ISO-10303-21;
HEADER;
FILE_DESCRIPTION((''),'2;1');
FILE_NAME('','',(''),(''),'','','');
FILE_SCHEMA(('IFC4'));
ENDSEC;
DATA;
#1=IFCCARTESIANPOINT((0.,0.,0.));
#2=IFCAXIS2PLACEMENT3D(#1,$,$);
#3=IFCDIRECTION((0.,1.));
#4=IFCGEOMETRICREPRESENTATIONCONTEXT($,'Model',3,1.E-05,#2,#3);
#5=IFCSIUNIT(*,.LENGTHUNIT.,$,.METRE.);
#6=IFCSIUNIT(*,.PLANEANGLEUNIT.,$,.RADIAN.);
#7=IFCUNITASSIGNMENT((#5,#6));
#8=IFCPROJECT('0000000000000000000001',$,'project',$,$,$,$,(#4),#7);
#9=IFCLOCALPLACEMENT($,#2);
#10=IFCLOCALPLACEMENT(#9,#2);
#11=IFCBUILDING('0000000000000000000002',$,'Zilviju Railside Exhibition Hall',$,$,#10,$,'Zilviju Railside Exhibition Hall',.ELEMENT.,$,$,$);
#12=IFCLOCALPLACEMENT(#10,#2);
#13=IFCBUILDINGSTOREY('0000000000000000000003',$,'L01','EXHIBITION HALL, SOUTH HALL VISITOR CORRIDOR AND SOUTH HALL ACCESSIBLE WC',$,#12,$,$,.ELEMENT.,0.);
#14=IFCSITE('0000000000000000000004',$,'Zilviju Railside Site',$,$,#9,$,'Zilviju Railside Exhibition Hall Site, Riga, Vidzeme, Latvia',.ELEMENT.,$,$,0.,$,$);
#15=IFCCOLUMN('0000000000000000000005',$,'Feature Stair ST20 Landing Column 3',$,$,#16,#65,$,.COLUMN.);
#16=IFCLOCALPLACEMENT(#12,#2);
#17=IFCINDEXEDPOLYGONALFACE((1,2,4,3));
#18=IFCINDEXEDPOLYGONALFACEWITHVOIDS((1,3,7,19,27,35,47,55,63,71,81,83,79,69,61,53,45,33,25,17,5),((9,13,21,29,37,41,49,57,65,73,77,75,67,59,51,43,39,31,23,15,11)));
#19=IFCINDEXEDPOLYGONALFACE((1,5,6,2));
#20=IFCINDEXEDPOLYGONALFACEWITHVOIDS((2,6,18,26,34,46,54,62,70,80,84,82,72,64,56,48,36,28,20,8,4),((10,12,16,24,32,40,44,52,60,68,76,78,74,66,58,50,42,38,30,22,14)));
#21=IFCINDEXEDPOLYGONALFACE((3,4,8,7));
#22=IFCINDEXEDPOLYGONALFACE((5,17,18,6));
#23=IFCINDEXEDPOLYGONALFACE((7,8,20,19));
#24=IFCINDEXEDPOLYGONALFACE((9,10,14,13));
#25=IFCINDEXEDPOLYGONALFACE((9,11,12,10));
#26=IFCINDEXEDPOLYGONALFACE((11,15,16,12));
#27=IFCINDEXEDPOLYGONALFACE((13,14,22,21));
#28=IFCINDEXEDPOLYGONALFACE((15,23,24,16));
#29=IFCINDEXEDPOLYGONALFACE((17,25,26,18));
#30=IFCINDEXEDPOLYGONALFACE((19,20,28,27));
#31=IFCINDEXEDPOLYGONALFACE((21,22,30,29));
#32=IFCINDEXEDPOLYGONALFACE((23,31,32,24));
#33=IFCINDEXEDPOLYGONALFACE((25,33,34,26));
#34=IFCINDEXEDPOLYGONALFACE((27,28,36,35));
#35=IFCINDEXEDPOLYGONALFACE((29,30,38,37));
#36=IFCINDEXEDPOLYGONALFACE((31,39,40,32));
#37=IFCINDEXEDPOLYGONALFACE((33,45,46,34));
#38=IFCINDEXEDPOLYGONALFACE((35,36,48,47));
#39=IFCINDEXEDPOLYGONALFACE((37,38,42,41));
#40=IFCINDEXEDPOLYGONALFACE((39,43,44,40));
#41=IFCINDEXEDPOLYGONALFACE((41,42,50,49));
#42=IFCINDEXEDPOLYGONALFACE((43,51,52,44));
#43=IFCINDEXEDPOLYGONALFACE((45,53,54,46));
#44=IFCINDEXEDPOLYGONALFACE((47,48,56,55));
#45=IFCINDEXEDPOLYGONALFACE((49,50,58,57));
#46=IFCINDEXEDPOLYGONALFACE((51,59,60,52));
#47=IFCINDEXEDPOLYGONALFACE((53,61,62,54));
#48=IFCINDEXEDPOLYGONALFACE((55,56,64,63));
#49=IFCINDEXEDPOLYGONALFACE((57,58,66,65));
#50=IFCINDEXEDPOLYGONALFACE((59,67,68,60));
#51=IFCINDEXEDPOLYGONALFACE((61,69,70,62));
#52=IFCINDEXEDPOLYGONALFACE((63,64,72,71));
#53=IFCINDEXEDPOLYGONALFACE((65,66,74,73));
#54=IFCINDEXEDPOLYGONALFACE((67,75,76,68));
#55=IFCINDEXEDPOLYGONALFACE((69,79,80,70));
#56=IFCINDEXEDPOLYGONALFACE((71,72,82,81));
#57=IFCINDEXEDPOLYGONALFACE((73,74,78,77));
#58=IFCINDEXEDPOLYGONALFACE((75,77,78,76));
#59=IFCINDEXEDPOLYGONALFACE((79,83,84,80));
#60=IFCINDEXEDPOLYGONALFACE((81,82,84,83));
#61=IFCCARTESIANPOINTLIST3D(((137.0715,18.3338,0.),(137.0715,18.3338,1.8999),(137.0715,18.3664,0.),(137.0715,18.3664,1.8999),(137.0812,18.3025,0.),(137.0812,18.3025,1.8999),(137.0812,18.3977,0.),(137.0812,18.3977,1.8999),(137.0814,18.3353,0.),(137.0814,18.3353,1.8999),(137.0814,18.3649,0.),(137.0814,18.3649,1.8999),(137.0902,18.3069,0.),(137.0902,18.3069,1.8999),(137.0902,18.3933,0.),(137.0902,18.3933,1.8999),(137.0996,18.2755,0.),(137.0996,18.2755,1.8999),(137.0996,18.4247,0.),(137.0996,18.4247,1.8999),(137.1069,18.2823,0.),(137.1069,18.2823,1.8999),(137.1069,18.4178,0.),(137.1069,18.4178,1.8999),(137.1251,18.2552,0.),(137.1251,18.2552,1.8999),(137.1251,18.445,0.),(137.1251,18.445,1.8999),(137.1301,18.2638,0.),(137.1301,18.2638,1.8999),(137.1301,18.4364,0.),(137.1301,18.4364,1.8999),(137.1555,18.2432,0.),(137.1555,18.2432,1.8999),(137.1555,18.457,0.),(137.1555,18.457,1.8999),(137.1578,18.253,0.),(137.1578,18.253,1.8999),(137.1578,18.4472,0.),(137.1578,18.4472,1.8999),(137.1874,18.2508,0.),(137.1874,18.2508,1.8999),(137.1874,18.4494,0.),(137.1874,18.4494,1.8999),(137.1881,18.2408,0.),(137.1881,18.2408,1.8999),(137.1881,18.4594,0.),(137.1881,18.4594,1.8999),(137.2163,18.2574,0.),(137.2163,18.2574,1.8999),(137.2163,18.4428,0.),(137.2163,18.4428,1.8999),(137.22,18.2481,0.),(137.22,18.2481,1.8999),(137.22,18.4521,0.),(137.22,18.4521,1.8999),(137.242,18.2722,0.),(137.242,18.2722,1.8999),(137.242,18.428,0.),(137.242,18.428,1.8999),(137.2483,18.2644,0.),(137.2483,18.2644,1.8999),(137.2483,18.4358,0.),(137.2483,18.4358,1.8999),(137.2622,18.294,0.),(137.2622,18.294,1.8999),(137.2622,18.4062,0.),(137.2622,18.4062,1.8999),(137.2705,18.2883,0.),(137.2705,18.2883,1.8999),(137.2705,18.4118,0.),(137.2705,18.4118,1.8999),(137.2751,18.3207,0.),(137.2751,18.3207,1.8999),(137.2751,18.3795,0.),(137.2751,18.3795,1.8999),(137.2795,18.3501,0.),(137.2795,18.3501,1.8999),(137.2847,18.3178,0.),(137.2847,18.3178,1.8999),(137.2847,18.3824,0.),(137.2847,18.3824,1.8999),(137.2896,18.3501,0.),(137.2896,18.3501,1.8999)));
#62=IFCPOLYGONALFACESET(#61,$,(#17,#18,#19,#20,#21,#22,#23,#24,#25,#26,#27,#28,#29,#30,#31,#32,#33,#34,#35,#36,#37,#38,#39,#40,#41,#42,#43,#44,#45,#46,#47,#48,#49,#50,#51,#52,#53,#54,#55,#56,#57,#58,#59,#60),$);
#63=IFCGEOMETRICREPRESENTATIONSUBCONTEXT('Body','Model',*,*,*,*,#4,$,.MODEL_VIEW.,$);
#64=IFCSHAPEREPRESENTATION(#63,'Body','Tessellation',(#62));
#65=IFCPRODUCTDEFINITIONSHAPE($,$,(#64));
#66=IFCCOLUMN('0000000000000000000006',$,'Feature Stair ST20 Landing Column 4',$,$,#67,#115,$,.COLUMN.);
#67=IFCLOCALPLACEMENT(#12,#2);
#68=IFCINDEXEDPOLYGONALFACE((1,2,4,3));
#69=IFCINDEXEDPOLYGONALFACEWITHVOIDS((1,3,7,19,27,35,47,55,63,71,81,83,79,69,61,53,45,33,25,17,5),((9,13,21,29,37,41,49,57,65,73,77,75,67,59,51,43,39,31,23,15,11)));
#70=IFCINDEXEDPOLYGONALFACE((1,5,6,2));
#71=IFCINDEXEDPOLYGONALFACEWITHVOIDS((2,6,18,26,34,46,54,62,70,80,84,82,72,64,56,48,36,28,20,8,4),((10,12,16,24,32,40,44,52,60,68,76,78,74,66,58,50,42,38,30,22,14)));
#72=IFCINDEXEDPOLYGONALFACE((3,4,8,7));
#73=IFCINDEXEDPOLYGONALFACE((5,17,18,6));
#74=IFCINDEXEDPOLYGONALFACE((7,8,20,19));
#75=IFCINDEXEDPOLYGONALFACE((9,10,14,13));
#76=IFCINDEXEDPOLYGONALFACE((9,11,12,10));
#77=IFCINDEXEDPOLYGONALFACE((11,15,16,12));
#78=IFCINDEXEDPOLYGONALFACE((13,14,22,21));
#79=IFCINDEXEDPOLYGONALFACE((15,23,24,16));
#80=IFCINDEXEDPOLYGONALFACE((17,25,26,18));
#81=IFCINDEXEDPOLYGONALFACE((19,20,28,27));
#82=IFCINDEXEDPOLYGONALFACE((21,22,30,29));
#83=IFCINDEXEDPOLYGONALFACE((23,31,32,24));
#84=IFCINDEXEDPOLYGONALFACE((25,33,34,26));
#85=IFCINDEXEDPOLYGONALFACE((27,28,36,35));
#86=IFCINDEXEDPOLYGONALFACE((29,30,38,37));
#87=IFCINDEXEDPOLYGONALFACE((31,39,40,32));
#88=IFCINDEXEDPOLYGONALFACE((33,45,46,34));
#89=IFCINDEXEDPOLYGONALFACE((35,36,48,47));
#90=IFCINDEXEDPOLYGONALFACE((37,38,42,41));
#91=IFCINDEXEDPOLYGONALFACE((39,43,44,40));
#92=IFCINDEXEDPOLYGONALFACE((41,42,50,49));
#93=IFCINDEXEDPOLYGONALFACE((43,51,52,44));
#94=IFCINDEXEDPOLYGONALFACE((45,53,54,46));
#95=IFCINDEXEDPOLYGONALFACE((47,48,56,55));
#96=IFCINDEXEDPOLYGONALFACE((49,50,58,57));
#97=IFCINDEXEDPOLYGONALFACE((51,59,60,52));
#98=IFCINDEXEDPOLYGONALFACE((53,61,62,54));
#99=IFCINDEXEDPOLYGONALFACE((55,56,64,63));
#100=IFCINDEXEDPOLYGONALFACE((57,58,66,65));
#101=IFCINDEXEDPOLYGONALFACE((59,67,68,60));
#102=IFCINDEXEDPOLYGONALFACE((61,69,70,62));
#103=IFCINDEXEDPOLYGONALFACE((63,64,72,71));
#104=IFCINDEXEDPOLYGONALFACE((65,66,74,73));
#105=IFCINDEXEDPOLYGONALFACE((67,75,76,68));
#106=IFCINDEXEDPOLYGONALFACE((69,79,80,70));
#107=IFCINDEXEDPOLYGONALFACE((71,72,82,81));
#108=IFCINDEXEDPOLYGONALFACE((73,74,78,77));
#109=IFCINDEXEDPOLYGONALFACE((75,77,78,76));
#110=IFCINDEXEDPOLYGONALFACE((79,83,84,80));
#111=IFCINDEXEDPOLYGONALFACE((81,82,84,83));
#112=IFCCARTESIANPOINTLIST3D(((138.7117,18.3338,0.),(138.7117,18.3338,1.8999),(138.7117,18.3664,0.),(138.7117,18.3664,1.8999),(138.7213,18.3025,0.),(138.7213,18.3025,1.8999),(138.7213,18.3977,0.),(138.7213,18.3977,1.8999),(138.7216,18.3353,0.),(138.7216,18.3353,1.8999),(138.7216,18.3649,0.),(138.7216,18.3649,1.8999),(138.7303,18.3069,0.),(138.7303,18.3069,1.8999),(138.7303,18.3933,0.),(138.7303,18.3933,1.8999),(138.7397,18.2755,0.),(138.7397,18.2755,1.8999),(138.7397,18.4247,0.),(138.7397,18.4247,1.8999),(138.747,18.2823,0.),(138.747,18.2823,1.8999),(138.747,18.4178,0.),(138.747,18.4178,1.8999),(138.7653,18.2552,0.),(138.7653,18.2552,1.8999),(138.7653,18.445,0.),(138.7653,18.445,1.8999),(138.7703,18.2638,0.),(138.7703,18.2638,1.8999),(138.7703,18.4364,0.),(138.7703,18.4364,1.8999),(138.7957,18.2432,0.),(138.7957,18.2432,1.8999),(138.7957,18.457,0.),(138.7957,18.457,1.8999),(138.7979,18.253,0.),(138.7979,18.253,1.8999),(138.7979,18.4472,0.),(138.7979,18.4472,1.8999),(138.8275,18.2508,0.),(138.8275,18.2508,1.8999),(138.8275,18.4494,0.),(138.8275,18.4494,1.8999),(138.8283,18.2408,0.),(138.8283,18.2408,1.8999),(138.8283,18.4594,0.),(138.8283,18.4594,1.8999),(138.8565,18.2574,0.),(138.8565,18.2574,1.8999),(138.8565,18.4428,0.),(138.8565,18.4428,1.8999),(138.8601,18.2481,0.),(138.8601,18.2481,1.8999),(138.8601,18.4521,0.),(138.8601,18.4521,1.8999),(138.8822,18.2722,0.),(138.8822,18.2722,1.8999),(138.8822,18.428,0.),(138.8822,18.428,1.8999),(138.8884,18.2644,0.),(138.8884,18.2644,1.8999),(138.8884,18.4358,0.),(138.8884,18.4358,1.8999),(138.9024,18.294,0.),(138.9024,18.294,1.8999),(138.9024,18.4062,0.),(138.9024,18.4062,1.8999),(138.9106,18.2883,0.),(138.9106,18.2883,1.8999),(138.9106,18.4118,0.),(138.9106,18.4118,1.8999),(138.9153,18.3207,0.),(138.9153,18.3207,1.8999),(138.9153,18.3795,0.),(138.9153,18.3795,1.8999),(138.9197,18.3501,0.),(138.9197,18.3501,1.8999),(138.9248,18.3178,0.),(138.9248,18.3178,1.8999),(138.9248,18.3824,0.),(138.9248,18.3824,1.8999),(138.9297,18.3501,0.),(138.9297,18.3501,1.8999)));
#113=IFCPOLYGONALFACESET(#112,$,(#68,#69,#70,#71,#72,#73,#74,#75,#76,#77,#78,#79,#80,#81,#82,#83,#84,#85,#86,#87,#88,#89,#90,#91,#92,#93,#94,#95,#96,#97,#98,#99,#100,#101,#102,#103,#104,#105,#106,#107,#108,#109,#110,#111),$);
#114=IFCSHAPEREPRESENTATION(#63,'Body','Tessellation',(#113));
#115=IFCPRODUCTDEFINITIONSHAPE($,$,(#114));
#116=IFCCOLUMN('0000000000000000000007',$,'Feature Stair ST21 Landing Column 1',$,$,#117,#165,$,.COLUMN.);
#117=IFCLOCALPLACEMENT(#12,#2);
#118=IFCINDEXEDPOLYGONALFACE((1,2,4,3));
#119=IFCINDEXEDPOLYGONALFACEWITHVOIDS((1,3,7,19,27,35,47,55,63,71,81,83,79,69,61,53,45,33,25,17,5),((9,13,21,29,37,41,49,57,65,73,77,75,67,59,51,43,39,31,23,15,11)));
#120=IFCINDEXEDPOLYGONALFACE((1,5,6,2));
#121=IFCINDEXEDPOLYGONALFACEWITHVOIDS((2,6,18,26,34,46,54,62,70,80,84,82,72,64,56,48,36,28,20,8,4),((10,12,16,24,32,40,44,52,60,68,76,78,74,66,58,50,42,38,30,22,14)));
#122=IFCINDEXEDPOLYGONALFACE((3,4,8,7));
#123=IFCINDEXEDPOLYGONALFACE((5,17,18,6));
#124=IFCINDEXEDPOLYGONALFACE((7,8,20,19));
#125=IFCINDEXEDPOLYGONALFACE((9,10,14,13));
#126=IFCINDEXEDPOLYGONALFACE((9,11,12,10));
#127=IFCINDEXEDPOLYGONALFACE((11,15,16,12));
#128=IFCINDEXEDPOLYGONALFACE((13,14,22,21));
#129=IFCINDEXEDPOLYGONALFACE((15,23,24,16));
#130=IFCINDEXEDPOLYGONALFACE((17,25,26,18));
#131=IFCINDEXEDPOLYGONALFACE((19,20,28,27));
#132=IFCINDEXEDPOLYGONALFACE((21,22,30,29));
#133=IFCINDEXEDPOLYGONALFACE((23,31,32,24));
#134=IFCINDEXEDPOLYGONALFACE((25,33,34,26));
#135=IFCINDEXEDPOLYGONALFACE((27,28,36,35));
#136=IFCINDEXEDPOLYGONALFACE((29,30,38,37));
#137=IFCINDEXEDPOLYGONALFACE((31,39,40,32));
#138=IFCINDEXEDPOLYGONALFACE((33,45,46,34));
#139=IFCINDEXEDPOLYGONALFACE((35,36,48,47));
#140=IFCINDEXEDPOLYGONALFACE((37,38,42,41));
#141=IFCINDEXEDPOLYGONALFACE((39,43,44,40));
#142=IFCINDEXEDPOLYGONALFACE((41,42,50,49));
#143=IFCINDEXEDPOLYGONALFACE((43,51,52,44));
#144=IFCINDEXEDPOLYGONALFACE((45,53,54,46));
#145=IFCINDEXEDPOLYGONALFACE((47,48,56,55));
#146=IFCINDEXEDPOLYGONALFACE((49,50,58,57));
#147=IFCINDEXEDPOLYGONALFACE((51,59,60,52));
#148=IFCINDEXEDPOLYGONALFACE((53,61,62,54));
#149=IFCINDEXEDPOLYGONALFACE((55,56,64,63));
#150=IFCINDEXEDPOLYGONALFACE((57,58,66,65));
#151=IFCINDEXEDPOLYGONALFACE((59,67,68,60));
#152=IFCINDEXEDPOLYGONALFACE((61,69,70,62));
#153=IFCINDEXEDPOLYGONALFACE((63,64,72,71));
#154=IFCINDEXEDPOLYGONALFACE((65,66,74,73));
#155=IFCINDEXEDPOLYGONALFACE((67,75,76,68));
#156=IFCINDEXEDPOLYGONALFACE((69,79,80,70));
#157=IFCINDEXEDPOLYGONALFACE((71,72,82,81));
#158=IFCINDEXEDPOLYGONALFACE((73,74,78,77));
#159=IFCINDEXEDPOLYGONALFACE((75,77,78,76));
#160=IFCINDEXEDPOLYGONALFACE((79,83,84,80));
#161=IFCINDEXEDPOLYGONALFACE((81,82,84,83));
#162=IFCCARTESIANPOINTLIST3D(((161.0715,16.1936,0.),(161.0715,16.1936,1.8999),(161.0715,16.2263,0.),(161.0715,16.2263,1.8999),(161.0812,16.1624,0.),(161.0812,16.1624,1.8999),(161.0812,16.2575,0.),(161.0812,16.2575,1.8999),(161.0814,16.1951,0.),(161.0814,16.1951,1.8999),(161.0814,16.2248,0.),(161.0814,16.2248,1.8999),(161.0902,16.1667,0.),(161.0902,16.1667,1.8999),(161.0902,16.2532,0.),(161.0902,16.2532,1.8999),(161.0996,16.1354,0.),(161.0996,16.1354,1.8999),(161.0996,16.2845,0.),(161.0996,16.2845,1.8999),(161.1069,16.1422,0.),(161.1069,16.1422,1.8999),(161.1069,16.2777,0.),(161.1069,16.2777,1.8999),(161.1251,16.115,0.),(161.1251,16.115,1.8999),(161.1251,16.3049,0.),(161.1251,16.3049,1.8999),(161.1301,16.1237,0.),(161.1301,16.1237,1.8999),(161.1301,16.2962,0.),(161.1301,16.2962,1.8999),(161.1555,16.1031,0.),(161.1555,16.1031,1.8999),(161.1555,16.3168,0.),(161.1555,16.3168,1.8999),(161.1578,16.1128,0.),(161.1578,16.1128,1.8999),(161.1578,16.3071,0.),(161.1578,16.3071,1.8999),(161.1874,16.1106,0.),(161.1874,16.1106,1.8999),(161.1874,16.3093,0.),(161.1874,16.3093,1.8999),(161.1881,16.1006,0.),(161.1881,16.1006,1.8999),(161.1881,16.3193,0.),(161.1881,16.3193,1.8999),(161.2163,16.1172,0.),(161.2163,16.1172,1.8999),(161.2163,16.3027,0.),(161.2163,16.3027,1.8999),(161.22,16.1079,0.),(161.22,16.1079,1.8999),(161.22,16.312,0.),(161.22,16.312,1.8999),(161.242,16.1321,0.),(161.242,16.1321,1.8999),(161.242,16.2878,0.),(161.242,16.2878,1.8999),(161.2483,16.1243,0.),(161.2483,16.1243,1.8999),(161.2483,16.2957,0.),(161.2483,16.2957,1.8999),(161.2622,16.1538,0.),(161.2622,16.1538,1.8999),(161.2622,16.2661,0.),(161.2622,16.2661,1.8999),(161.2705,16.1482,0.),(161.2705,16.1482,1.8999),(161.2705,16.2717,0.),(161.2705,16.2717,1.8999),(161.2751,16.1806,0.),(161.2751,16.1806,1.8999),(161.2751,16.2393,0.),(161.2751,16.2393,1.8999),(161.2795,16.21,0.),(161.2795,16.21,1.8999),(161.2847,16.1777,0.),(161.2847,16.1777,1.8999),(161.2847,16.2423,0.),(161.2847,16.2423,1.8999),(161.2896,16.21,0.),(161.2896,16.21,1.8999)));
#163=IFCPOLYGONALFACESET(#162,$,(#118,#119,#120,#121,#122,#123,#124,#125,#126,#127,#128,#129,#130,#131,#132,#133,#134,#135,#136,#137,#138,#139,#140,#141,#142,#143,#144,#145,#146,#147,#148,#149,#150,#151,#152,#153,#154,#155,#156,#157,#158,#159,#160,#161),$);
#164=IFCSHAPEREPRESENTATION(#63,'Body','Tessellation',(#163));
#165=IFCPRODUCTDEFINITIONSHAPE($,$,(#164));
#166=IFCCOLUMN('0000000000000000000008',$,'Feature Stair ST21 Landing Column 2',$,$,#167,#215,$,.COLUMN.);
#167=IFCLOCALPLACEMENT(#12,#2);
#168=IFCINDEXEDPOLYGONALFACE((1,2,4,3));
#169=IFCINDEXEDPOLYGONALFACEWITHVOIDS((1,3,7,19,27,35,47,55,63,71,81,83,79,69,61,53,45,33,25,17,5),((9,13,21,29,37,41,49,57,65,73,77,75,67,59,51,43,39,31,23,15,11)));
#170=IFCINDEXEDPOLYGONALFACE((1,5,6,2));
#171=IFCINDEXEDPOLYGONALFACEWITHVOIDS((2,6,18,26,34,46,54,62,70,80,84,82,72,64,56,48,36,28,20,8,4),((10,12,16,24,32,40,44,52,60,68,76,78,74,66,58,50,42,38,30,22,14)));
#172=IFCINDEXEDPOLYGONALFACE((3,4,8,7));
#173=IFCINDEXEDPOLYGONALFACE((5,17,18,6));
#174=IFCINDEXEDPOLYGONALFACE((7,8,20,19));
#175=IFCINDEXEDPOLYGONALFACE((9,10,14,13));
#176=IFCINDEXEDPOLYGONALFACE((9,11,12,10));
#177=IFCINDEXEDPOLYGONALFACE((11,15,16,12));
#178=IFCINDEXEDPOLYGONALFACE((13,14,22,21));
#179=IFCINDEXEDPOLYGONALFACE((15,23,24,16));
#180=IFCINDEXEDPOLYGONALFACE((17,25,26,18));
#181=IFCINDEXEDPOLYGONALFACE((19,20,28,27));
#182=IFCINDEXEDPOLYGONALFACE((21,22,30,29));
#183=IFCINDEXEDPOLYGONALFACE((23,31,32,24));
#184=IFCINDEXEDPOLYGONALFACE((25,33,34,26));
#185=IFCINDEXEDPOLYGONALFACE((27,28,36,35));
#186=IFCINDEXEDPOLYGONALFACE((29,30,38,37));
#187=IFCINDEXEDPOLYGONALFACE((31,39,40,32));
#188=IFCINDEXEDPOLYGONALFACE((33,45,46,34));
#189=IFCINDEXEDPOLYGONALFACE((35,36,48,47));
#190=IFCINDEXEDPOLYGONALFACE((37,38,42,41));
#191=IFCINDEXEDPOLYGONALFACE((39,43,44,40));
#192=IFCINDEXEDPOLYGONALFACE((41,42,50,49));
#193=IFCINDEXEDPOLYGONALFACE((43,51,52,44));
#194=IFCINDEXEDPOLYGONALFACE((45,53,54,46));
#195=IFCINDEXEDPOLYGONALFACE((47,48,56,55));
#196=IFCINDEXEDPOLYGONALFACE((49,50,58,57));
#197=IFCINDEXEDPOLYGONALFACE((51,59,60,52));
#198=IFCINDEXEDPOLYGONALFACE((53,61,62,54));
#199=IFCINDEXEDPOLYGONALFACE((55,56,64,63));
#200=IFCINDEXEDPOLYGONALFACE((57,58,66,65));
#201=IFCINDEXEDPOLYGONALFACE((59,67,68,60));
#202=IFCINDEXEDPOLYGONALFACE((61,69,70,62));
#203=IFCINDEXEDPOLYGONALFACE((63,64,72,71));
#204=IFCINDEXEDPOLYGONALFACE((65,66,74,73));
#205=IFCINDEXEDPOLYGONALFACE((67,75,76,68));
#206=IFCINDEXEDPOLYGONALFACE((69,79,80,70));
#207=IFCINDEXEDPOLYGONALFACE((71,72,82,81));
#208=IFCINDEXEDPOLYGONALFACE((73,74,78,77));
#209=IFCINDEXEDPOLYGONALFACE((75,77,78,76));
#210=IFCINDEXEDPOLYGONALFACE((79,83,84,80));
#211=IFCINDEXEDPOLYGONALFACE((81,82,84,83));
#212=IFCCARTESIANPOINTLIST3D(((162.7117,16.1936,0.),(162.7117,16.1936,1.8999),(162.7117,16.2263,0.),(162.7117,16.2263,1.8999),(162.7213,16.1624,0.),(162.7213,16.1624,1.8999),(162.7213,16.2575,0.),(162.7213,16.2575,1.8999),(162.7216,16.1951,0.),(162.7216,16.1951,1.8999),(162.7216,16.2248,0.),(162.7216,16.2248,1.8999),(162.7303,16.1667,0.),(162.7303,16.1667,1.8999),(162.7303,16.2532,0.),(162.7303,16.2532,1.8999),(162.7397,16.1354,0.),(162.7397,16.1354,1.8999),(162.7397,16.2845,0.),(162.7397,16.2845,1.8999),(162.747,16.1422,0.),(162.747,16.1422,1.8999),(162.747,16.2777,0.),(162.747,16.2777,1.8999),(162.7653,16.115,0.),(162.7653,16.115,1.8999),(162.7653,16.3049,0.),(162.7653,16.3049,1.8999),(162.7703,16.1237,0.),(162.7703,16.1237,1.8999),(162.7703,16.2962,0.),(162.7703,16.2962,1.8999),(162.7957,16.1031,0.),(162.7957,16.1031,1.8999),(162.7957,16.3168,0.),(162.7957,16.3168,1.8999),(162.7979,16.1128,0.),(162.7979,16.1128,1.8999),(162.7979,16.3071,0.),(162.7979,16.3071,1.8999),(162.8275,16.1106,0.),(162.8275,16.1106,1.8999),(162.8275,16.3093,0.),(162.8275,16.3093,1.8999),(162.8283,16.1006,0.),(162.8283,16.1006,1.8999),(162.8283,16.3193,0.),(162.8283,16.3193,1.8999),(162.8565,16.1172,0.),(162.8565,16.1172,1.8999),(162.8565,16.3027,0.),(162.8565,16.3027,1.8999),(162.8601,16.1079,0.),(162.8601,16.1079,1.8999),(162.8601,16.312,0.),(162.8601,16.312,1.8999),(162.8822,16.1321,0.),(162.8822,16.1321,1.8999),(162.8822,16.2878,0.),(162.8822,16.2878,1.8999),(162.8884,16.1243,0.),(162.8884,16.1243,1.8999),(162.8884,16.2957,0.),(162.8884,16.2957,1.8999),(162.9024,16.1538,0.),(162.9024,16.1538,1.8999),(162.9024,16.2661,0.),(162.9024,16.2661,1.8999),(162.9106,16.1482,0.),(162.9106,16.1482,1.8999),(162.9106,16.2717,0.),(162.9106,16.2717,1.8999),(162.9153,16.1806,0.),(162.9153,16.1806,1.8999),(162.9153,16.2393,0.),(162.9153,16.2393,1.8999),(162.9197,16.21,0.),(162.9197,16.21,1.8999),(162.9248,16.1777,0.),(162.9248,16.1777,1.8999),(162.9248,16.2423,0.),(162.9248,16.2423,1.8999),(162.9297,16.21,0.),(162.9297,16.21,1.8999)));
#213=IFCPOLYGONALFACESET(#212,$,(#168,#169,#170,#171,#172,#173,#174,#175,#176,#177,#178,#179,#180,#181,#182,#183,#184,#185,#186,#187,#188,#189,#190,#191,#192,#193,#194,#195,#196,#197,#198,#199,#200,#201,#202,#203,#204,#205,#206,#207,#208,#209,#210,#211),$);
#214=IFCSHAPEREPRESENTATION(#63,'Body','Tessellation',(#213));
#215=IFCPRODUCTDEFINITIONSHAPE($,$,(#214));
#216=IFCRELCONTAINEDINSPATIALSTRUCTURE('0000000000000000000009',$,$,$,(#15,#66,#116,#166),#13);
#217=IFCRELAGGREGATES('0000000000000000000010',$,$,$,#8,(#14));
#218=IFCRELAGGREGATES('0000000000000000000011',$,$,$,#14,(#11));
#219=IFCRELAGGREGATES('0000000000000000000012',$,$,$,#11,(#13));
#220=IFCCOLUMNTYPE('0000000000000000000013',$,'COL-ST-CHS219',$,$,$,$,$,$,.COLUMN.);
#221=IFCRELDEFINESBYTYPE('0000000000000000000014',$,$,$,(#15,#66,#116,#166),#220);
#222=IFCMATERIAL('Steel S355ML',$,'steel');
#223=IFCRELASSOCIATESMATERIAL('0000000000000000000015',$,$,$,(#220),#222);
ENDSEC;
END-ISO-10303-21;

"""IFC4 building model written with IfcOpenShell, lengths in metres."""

from ifc_helpers import new_model, si_unit, direction, frame, origin, origin_2d, place, context, subcontext, project, spatial, hollow_circle, extrude, material, material_profile, profile_set, type_object, element, save


model = new_model("IFC4")

# Units and contexts
model_context = context("Model", 3, precision=1e-05, world=origin(), true_north=direction((0.0, 1.0)))
body_context = subcontext(model_context, "Body", "Model", "MODEL_VIEW")
ifc_project = project(units=[si_unit("LENGTHUNIT", "METRE"), si_unit("PLANEANGLEUNIT", "RADIAN")], contexts=[model_context])

# Site, building, storey
site_placement = place(None, origin())
site = spatial("IfcSite", under=ifc_project, at=site_placement, Name="Zilviju Railside Site", LongName="Zilviju Railside Exhibition Hall Site, Riga, Vidzeme, Latvia", CompositionType="ELEMENT", RefElevation=0.0)
building_placement = place(site_placement, origin())
building = spatial("IfcBuilding", under=site, at=building_placement, Name="Zilviju Railside Exhibition Hall", LongName="Zilviju Railside Exhibition Hall", CompositionType="ELEMENT")
storey_placement = place(building_placement, origin())
storey = spatial("IfcBuildingStorey", under=building, at=storey_placement, Name="L01", Description="EXHIBITION HALL, SOUTH HALL VISITOR CORRIDOR AND SOUTH HALL ACCESSIBLE WC", CompositionType="ELEMENT", Elevation=0.0)

# Columns
ifc_material_1 = material(Name="Steel S355ML", Category="steel")
ifc_material_profile_1 = material_profile(ifc_material_1, hollow_circle(Radius=0.1096, WallThickness=0.01, at=origin_2d()), Name="CHS 219.1x10.0")
ifc_profile_set_1 = profile_set([ifc_material_profile_1], Name="Steel S355ML")
column_type_1 = type_object("IfcColumnType", Name="COL-ST-CHS219", PredefinedType="COLUMN", material=ifc_profile_set_1)
for number, where, z_axis, x_axis, name in (
    (1, (137.1799, 18.3501, 0.0), (0.0, 0.0, 1.0), (1.0, 0.0, 0.0), "Feature Stair ST20 Landing Column 3"),
    (2, (138.8201, 18.3501, 0.0), (0.0, 0.0, 1.0), (1.0, 0.0, 0.0), "Feature Stair ST20 Landing Column 4"),
    (3, (161.1799, 16.21, 0.0), (0.0, 0.0, 1.0), (1.0, 0.0, 0.0), "Feature Stair ST21 Landing Column 1"),
    (4, (162.8201, 16.21, 0.0), (0.0, 0.0, 1.0), (1.0, 0.0, 0.0), "Feature Stair ST21 Landing Column 2"),
):
    element("IfcColumn", number, at=place(storey_placement, frame(where, z_axis=z_axis, x_axis=x_axis)), inside=storey, type_object=column_type_1, Name=name, PredefinedType="COLUMN", context=body_context, shape_type="SweptSolid", body=[
        extrude(hollow_circle(Radius=0.1096, WallThickness=0.01, at=origin_2d()), origin(), (0.0, 0.0, 1.0), 1.8999),
    ])

save(model, "model.ifc")
